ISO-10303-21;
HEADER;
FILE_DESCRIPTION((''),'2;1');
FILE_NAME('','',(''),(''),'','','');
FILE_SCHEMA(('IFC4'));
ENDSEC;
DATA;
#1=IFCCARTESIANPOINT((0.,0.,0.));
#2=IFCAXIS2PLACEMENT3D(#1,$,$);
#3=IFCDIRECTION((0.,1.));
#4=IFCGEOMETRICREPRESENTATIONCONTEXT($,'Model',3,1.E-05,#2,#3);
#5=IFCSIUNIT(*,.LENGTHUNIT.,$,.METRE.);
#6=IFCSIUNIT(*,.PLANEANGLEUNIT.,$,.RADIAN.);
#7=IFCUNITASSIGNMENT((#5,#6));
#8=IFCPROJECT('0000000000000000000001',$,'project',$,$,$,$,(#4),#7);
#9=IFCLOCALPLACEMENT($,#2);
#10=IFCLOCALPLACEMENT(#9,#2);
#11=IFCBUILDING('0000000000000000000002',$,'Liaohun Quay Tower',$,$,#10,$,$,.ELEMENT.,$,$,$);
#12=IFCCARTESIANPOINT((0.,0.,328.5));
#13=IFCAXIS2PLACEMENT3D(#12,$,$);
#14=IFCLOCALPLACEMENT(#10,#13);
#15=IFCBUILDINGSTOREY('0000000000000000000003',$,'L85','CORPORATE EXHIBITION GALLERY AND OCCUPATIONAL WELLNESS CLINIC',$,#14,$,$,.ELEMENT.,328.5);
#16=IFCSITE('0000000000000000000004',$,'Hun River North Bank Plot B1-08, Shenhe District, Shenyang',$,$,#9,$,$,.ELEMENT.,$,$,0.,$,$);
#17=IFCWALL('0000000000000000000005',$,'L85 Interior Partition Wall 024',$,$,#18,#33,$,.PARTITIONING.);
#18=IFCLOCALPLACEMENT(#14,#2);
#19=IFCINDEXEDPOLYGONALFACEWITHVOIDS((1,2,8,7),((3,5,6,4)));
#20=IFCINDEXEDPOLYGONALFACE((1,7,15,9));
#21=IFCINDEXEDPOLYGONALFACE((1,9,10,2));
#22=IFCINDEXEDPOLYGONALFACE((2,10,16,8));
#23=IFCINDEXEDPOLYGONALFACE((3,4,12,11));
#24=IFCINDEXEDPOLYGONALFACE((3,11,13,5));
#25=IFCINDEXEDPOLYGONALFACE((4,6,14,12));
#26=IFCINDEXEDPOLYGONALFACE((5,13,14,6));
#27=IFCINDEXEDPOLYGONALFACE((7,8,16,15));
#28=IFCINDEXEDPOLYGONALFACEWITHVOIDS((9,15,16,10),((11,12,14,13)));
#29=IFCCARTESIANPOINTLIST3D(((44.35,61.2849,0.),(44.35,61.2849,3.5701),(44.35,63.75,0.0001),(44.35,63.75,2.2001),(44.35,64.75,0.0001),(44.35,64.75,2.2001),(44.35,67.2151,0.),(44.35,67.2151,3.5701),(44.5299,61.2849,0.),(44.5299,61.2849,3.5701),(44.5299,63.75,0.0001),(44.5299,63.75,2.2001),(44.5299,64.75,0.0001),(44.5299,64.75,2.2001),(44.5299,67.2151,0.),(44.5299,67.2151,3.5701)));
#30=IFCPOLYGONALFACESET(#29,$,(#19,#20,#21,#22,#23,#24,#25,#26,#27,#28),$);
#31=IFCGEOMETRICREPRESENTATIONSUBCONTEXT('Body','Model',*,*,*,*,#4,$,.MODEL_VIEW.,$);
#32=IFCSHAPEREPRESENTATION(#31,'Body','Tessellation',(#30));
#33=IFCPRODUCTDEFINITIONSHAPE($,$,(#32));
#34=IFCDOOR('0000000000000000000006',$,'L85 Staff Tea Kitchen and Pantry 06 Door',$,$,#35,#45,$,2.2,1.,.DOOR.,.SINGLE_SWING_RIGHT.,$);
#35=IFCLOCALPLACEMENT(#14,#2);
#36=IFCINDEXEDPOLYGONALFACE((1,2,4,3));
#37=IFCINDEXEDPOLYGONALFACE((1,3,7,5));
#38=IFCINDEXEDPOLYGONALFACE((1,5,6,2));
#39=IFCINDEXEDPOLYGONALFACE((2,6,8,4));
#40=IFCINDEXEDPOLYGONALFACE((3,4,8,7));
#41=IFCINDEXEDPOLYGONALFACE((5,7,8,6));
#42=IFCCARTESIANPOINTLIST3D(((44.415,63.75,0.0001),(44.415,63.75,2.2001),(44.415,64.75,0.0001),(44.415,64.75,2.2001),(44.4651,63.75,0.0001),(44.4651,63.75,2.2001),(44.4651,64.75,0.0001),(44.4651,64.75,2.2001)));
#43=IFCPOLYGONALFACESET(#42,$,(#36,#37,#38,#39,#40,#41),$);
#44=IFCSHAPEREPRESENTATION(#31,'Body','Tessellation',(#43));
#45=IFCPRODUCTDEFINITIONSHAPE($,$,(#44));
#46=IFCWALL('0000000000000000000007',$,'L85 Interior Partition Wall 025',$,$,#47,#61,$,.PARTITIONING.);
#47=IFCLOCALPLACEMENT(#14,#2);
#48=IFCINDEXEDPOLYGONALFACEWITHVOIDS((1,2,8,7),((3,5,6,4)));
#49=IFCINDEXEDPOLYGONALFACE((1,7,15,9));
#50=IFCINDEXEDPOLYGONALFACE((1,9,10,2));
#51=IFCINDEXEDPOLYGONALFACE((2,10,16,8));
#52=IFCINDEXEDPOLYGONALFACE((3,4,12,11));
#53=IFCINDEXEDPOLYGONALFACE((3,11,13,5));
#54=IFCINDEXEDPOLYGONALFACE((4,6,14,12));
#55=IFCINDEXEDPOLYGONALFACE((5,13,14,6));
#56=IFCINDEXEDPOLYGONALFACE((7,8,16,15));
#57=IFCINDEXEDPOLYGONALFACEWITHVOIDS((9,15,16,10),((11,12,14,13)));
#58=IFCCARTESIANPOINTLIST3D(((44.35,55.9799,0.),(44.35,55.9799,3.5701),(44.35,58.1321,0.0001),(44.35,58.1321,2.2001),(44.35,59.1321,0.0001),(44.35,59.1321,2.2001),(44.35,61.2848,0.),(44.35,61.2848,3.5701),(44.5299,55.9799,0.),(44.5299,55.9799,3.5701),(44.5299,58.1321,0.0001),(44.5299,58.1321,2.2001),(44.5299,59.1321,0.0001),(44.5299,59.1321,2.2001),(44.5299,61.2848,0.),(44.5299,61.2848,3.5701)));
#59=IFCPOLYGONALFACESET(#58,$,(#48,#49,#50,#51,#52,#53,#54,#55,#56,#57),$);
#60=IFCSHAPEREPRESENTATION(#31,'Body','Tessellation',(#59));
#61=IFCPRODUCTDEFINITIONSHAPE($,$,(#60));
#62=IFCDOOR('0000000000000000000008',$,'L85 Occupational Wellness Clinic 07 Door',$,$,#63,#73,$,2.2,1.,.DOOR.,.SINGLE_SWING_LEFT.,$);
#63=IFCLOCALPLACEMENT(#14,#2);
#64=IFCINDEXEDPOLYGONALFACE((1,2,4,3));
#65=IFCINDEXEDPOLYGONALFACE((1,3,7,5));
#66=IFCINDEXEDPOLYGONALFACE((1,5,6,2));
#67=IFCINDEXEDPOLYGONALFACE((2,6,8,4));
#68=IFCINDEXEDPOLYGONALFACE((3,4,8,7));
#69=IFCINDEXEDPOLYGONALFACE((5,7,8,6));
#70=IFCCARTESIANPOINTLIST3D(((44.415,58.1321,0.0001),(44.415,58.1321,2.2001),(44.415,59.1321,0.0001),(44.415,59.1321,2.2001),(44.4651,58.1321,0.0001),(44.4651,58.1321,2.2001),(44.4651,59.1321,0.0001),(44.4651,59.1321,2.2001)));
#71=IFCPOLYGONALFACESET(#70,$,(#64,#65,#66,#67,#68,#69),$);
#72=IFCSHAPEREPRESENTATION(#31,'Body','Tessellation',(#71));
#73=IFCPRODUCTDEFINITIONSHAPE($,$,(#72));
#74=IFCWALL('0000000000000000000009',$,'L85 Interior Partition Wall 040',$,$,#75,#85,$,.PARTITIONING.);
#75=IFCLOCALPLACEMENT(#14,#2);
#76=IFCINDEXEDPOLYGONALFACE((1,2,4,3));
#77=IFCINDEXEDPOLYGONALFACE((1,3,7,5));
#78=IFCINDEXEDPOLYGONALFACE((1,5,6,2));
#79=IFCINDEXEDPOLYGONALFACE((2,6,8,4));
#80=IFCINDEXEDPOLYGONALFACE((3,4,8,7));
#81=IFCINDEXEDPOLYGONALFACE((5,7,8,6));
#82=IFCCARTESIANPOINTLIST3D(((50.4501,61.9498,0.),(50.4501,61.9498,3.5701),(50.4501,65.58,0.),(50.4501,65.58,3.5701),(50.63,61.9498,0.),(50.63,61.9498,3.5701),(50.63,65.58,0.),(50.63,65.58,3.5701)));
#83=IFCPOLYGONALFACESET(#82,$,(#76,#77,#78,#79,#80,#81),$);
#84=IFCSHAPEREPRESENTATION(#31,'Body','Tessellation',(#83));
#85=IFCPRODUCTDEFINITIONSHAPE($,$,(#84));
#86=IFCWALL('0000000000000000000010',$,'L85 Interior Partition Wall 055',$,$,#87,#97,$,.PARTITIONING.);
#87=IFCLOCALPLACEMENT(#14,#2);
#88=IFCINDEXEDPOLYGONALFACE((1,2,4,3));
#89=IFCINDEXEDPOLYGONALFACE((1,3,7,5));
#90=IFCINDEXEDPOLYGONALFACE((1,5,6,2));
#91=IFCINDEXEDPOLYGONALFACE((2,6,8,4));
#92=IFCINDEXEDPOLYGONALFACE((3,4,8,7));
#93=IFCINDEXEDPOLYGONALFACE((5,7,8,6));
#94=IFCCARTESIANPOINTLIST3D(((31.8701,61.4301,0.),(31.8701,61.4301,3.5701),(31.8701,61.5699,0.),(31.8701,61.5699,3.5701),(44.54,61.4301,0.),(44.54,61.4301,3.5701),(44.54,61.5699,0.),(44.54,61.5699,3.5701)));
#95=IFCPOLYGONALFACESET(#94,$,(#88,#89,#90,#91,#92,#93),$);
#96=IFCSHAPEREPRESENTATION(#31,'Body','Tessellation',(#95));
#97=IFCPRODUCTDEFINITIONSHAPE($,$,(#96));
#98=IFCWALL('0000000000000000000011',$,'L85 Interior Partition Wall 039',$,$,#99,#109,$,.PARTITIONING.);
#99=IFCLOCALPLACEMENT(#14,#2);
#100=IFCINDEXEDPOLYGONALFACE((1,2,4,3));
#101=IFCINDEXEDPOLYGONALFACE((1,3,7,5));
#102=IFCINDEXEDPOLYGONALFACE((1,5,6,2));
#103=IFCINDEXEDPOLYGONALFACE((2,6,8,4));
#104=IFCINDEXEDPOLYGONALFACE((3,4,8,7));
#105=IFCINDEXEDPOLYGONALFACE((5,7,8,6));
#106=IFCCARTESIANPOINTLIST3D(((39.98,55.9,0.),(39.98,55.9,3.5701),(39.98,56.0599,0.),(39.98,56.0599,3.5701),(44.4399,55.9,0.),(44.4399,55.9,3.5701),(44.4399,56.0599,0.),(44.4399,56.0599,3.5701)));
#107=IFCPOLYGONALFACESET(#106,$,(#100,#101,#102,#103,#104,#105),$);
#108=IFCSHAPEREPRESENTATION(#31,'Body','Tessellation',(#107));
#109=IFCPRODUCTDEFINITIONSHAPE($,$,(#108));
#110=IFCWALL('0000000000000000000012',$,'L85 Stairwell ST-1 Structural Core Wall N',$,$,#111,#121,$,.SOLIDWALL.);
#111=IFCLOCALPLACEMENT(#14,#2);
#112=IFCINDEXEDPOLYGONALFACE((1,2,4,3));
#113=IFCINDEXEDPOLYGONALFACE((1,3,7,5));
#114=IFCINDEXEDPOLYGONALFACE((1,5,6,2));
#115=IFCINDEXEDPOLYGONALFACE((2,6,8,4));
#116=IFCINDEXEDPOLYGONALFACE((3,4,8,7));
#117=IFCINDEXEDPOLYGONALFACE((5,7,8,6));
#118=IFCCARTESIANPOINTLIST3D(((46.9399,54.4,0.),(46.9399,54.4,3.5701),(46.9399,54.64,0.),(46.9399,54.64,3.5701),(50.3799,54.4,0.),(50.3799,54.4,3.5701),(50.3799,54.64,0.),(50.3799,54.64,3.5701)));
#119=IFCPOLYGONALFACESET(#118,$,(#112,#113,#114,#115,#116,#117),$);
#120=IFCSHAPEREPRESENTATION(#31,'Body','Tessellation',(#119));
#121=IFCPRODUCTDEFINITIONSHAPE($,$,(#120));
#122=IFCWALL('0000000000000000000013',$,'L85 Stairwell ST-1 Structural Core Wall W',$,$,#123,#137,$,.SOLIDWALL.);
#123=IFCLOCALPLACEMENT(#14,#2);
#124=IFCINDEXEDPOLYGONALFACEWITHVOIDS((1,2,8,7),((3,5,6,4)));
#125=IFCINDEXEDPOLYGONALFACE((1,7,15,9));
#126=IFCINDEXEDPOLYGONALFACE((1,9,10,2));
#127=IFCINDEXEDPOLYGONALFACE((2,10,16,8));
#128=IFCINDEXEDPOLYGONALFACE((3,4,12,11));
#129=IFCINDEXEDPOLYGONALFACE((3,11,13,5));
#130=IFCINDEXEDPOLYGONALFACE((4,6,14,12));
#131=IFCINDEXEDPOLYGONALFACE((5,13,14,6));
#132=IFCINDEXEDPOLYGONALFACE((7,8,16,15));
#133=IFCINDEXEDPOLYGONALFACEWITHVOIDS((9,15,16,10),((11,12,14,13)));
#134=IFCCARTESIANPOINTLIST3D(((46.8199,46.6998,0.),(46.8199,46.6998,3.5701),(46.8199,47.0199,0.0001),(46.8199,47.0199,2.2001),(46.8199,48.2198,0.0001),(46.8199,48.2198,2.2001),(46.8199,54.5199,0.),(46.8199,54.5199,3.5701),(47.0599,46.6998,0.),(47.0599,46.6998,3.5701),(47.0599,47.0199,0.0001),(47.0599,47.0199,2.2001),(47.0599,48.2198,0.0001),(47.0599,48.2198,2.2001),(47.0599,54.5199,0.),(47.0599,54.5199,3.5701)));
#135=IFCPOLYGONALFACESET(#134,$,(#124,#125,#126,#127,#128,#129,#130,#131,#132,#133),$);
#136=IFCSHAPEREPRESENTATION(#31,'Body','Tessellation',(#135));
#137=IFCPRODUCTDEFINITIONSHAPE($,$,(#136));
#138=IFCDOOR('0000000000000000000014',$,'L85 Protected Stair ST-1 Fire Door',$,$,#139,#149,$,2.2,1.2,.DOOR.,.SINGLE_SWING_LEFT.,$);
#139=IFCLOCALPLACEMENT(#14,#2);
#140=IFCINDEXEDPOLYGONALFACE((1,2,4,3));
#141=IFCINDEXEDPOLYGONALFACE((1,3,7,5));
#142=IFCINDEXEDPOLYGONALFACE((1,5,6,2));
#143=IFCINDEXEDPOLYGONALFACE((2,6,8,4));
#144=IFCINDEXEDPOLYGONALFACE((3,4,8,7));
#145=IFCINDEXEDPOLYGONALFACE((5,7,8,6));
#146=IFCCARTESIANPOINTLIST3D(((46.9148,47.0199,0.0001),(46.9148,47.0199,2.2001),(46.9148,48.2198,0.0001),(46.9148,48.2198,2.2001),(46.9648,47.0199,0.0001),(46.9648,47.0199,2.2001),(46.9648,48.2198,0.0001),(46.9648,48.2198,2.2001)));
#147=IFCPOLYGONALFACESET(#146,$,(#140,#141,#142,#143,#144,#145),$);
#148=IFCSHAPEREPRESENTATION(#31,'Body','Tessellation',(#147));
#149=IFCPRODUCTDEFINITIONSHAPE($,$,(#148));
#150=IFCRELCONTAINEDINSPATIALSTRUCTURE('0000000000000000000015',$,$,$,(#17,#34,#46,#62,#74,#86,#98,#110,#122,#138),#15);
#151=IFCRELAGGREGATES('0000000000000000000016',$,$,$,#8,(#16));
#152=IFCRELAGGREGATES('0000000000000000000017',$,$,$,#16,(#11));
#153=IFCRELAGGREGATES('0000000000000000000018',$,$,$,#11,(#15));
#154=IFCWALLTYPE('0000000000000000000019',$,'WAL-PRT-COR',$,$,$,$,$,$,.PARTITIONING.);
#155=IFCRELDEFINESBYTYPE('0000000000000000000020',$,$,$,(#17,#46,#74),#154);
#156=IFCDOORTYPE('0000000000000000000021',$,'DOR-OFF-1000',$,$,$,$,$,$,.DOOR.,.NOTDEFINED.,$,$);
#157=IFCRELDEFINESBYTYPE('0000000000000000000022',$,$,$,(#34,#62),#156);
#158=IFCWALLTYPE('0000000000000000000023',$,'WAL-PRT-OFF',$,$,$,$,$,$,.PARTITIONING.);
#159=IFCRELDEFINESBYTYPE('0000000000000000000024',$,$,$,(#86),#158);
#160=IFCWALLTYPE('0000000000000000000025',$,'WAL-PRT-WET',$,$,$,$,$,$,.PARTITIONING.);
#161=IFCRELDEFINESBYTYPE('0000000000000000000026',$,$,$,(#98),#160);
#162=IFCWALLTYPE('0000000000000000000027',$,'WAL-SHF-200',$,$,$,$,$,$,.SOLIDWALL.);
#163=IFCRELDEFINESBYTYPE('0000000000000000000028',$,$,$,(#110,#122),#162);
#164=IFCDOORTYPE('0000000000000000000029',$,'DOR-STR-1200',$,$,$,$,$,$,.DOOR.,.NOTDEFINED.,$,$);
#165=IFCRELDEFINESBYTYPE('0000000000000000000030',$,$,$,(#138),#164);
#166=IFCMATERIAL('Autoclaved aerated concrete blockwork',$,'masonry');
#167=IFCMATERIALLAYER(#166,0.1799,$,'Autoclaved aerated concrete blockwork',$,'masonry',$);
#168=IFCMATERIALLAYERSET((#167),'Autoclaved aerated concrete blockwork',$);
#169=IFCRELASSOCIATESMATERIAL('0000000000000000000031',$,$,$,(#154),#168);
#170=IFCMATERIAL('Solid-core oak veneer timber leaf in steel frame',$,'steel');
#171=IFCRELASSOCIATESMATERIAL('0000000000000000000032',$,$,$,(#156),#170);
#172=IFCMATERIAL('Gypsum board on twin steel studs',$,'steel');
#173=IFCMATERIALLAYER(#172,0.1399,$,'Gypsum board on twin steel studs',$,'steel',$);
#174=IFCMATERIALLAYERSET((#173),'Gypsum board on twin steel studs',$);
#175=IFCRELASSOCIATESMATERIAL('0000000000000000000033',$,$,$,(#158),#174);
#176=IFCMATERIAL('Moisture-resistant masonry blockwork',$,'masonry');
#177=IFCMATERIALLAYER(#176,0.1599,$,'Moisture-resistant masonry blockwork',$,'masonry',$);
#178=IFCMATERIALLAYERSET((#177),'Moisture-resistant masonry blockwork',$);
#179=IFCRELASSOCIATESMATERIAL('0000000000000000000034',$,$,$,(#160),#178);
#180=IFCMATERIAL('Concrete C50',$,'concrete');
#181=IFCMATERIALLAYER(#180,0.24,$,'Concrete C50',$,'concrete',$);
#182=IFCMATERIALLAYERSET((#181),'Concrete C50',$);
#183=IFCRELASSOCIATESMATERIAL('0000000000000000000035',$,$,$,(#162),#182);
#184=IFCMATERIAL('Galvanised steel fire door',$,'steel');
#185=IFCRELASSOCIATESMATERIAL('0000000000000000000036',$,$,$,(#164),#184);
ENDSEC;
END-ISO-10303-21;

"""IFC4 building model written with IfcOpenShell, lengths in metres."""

from ifc_helpers import new_model, si_unit, direction, frame, frame_2d, origin, place, context, subcontext, project, spatial, rectangle, extrude, source, transform, mapped, material, layer, layer_set, type_object, element, fill, save


model = new_model("IFC4")

# Units and contexts
model_context = context("Model", 3, precision=1e-05, world=origin(), true_north=direction((0.0, 1.0)))
body_context = subcontext(model_context, "Body", "Model", "MODEL_VIEW")
ifc_project = project(units=[si_unit("LENGTHUNIT", "METRE"), si_unit("PLANEANGLEUNIT", "RADIAN")], contexts=[model_context])

# Site, building, storey
site_placement = place(None, origin())
site = spatial("IfcSite", under=ifc_project, at=site_placement, Name="Hun River North Bank Plot B1-08, Shenhe District, Shenyang", CompositionType="ELEMENT", RefElevation=0.0)
building_placement = place(site_placement, origin())
building = spatial("IfcBuilding", under=site, at=building_placement, Name="Liaohun Quay Tower", CompositionType="ELEMENT")
storey_placement = place(building_placement, frame((0.0, 0.0, 328.5)))
storey = spatial("IfcBuildingStorey", under=building, at=storey_placement, Name="L85", Description="CORPORATE EXHIBITION GALLERY AND OCCUPATIONAL WELLNESS CLINIC", CompositionType="ELEMENT", Elevation=328.5)

# Shared definitions
ifc_material_1 = material(Name="Concrete C50", Category="concrete")

# Walls, openings, doors
ifc_material_2 = material(Name="Autoclaved aerated concrete blockwork", Category="masonry")
ifc_layer_1 = layer(ifc_material_2, 0.1799, Name="Autoclaved aerated concrete blockwork", Category="masonry")
ifc_layer_set_1 = layer_set([ifc_layer_1], Name="Autoclaved aerated concrete blockwork")
wall_type_1 = type_object("IfcWallType", Name="WAL-PRT-COR", PredefinedType="PARTITIONING", material=ifc_layer_set_1)
wall_1_placement = place(storey_placement, frame((44.4399, 61.2849, 0.0), z_axis=(0.0, 0.0, 1.0), x_axis=(0.0, 1.0, 0.0)))
wall_1 = element("IfcWall", 1, at=wall_1_placement, inside=storey, type_object=wall_type_1, Name="L85 Interior Partition Wall 024", PredefinedType="PARTITIONING", context=body_context, shape_type="SweptSolid", body=[
    extrude(rectangle(XDim=5.9302, YDim=0.1799, at=frame_2d((2.9651, 0.0))), origin(), (0.0, 0.0, 1.0), 3.5701),
])
shared_shape_1 = source(origin(), body_context, "Body", "SweptSolid", [
    extrude(rectangle(XDim=1.0, YDim=2.2, at=frame_2d((0.5, 1.1001))), frame((0.0, 0.0999, 0.0), z_axis=(0.0, -1.0, 0.0), x_axis=(1.0, 0.0, 0.0)), (0.0, 0.0, 1.0), 0.2),
])
opening_1_placement = place(wall_1_placement, frame((2.4651, 0.0, 0.0)))
opening_1 = element("IfcOpeningElement", 2, at=opening_1_placement, cuts=wall_1, PredefinedType="OPENING", context=body_context, shape_type="MappedRepresentation", body=[
    mapped(shared_shape_1, transform((0.0, 0.0, 0.0), x_axis=(1.0, 0.0, 0.0), y_axis=(0.0, 1.0, 0.0), z_axis=(0.0, 0.0, 1.0), scale=1.0)),
])
ifc_material_3 = material(Name="Solid-core oak veneer timber leaf in steel frame", Category="steel")
door_type_1 = type_object("IfcDoorType", Name="DOR-OFF-1000", OperationType="NOTDEFINED", PredefinedType="DOOR", material=ifc_material_3)
shared_shape_2 = source(origin(), body_context, "Body", "SweptSolid", [
    extrude(rectangle(XDim=1.0, YDim=2.2, at=frame_2d((0.5, 1.1001))), frame((0.0, 0.0249, 0.0), z_axis=(0.0, -1.0, 0.0), x_axis=(1.0, 0.0, 0.0)), (0.0, 0.0, 1.0), 0.05),
])
door_1_placement = place(opening_1_placement, origin())
door_1 = element("IfcDoor", 3, at=door_1_placement, inside=storey, type_object=door_type_1, Name="L85 Staff Tea Kitchen and Pantry 06 Door", OperationType="SINGLE_SWING_RIGHT", OverallHeight=2.2, OverallWidth=1.0, PredefinedType="DOOR", context=body_context, shape_type="MappedRepresentation", body=[
    mapped(shared_shape_2, transform((0.0, 0.0, 0.0), x_axis=(1.0, 0.0, 0.0), y_axis=(0.0, 1.0, 0.0), z_axis=(0.0, 0.0, 1.0), scale=1.0)),
])
fill(opening_1, door_1)
wall_2_placement = place(storey_placement, frame((44.4399, 55.98, 0.0), z_axis=(0.0, 0.0, 1.0), x_axis=(0.0, 1.0, 0.0)))
wall_2 = element("IfcWall", 4, at=wall_2_placement, inside=storey, type_object=wall_type_1, Name="L85 Interior Partition Wall 025", PredefinedType="PARTITIONING", context=body_context, shape_type="SweptSolid", body=[
    extrude(rectangle(XDim=5.3049, YDim=0.1799, at=frame_2d((2.6523, 0.0))), origin(), (0.0, 0.0, 1.0), 3.5701),
])
opening_2_placement = place(wall_2_placement, frame((2.1521, 0.0, 0.0)))
opening_2 = element("IfcOpeningElement", 5, at=opening_2_placement, cuts=wall_2, PredefinedType="OPENING", context=body_context, shape_type="MappedRepresentation", body=[
    mapped(shared_shape_1, transform((0.0, 0.0, 0.0), x_axis=(1.0, 0.0, 0.0), y_axis=(0.0, 1.0, 0.0), z_axis=(0.0, 0.0, 1.0), scale=1.0)),
])
door_2_placement = place(opening_2_placement, origin())
door_2 = element("IfcDoor", 6, at=door_2_placement, inside=storey, type_object=door_type_1, Name="L85 Occupational Wellness Clinic 07 Door", OperationType="SINGLE_SWING_LEFT", OverallHeight=2.2, OverallWidth=1.0, PredefinedType="DOOR", context=body_context, shape_type="MappedRepresentation", body=[
    mapped(shared_shape_2, transform((0.0, 0.0, 0.0), x_axis=(1.0, 0.0, 0.0), y_axis=(0.0, 1.0, 0.0), z_axis=(0.0, 0.0, 1.0), scale=1.0)),
])
fill(opening_2, door_2)

# Walls
wall_3_placement = place(storey_placement, frame((50.54, 61.95, 0.0), z_axis=(0.0, 0.0, 1.0), x_axis=(0.0, 1.0, 0.0)))
element("IfcWall", 7, at=wall_3_placement, inside=storey, type_object=wall_type_1, Name="L85 Interior Partition Wall 040", PredefinedType="PARTITIONING", context=body_context, shape_type="SweptSolid", body=[
    extrude(rectangle(XDim=3.6301, YDim=0.1799, at=frame_2d((1.8149, 0.0))), origin(), (0.0, 0.0, 1.0), 3.5701),
])
ifc_material_4 = material(Name="Gypsum board on twin steel studs", Category="steel")
ifc_layer_2 = layer(ifc_material_4, 0.1399, Name="Gypsum board on twin steel studs", Category="steel")
ifc_layer_set_2 = layer_set([ifc_layer_2], Name="Gypsum board on twin steel studs")
wall_type_2 = type_object("IfcWallType", Name="WAL-PRT-OFF", PredefinedType="PARTITIONING", material=ifc_layer_set_2)
wall_4_placement = place(storey_placement, frame((44.54, 61.5, 0.0), z_axis=(0.0, 0.0, 1.0), x_axis=(-1.0, 0.0, 0.0)))
element("IfcWall", 8, at=wall_4_placement, inside=storey, type_object=wall_type_2, Name="L85 Interior Partition Wall 055", PredefinedType="PARTITIONING", context=body_context, shape_type="SweptSolid", body=[
    extrude(rectangle(XDim=12.6699, YDim=0.1399, at=frame_2d((6.335, 0.0))), origin(), (0.0, 0.0, 1.0), 3.5701),
])

# Shared definitions
ifc_material_5 = material(Name="Moisture-resistant masonry blockwork", Category="masonry")
ifc_layer_3 = layer(ifc_material_5, 0.1599, Name="Moisture-resistant masonry blockwork", Category="masonry")
ifc_layer_set_3 = layer_set([ifc_layer_3], Name="Moisture-resistant masonry blockwork")
wall_type_3 = type_object("IfcWallType", Name="WAL-PRT-WET", PredefinedType="PARTITIONING", material=ifc_layer_set_3)

# Walls
wall_5_placement = place(storey_placement, frame((39.98, 55.98, 0.0), z_axis=(0.0, 0.0, 1.0), x_axis=(1.0, 0.0, 0.0)))
element("IfcWall", 9, at=wall_5_placement, inside=storey, type_object=wall_type_3, Name="L85 Interior Partition Wall 039", PredefinedType="PARTITIONING", context=body_context, shape_type="SweptSolid", body=[
    extrude(rectangle(XDim=4.46, YDim=0.1599, at=frame_2d((2.23, 0.0))), origin(), (0.0, 0.0, 1.0), 3.5701),
])
ifc_layer_4 = layer(ifc_material_1, 0.24, Name="Concrete C50", Category="concrete")
ifc_layer_set_4 = layer_set([ifc_layer_4], Name="Concrete C50")
wall_type_4 = type_object("IfcWallType", Name="WAL-SHF-200", PredefinedType="SOLIDWALL", material=ifc_layer_set_4)
wall_6_placement = place(storey_placement, frame((50.3799, 54.52, 0.0), z_axis=(0.0, 0.0, 1.0), x_axis=(-1.0, 0.0, 0.0)))
element("IfcWall", 10, at=wall_6_placement, inside=storey, type_object=wall_type_4, Name="L85 Stairwell ST-1 Structural Core Wall N", PredefinedType="SOLIDWALL", context=body_context, shape_type="SweptSolid", body=[
    extrude(rectangle(XDim=3.4399, YDim=0.24, at=frame_2d((1.72, 0.0))), origin(), (0.0, 0.0, 1.0), 3.5701),
])

# Wall, opening, door
wall_7_placement = place(storey_placement, frame((46.9399, 54.52, 0.0), z_axis=(0.0, 0.0, 1.0), x_axis=(0.0, -1.0, 0.0)))
wall_7 = element("IfcWall", 11, at=wall_7_placement, inside=storey, type_object=wall_type_4, Name="L85 Stairwell ST-1 Structural Core Wall W", PredefinedType="SOLIDWALL", context=body_context, shape_type="SweptSolid", body=[
    extrude(rectangle(XDim=7.8201, YDim=0.24, at=frame_2d((3.9102, 0.0))), origin(), (0.0, 0.0, 1.0), 3.5701),
])
shared_shape_3 = source(origin(), body_context, "Body", "SweptSolid", [
    extrude(rectangle(XDim=1.2, YDim=2.2, at=frame_2d((0.6001, 1.1001))), frame((0.0, 0.1299, 0.0), z_axis=(0.0, -1.0, 0.0), x_axis=(1.0, 0.0, 0.0)), (0.0, 0.0, 1.0), 0.26),
])
opening_3_placement = place(wall_7_placement, frame((6.3, 0.0, 0.0)))
opening_3 = element("IfcOpeningElement", 12, at=opening_3_placement, cuts=wall_7, PredefinedType="OPENING", context=body_context, shape_type="MappedRepresentation", body=[
    mapped(shared_shape_3, transform((0.0, 0.0, 0.0), x_axis=(1.0, 0.0, 0.0), y_axis=(0.0, 1.0, 0.0), z_axis=(0.0, 0.0, 1.0), scale=1.0)),
])
ifc_material_6 = material(Name="Galvanised steel fire door", Category="steel")
door_type_2 = type_object("IfcDoorType", Name="DOR-STR-1200", OperationType="NOTDEFINED", PredefinedType="DOOR", material=ifc_material_6)
shared_shape_4 = source(origin(), body_context, "Body", "SweptSolid", [
    extrude(rectangle(XDim=1.2, YDim=2.2, at=frame_2d((0.6001, 1.1001))), frame((0.0, 0.0249, 0.0), z_axis=(0.0, -1.0, 0.0), x_axis=(1.0, 0.0, 0.0)), (0.0, 0.0, 1.0), 0.05),
])
door_3_placement = place(opening_3_placement, origin())
door_3 = element("IfcDoor", 13, at=door_3_placement, inside=storey, type_object=door_type_2, Name="L85 Protected Stair ST-1 Fire Door", OperationType="SINGLE_SWING_LEFT", OverallHeight=2.2, OverallWidth=1.2, PredefinedType="DOOR", context=body_context, shape_type="MappedRepresentation", body=[
    mapped(shared_shape_4, transform((0.0, 0.0, 0.0), x_axis=(1.0, 0.0, 0.0), y_axis=(0.0, 1.0, 0.0), z_axis=(0.0, 0.0, 1.0), scale=1.0)),
])
fill(opening_3, door_3)

save(model, "model.ifc")
